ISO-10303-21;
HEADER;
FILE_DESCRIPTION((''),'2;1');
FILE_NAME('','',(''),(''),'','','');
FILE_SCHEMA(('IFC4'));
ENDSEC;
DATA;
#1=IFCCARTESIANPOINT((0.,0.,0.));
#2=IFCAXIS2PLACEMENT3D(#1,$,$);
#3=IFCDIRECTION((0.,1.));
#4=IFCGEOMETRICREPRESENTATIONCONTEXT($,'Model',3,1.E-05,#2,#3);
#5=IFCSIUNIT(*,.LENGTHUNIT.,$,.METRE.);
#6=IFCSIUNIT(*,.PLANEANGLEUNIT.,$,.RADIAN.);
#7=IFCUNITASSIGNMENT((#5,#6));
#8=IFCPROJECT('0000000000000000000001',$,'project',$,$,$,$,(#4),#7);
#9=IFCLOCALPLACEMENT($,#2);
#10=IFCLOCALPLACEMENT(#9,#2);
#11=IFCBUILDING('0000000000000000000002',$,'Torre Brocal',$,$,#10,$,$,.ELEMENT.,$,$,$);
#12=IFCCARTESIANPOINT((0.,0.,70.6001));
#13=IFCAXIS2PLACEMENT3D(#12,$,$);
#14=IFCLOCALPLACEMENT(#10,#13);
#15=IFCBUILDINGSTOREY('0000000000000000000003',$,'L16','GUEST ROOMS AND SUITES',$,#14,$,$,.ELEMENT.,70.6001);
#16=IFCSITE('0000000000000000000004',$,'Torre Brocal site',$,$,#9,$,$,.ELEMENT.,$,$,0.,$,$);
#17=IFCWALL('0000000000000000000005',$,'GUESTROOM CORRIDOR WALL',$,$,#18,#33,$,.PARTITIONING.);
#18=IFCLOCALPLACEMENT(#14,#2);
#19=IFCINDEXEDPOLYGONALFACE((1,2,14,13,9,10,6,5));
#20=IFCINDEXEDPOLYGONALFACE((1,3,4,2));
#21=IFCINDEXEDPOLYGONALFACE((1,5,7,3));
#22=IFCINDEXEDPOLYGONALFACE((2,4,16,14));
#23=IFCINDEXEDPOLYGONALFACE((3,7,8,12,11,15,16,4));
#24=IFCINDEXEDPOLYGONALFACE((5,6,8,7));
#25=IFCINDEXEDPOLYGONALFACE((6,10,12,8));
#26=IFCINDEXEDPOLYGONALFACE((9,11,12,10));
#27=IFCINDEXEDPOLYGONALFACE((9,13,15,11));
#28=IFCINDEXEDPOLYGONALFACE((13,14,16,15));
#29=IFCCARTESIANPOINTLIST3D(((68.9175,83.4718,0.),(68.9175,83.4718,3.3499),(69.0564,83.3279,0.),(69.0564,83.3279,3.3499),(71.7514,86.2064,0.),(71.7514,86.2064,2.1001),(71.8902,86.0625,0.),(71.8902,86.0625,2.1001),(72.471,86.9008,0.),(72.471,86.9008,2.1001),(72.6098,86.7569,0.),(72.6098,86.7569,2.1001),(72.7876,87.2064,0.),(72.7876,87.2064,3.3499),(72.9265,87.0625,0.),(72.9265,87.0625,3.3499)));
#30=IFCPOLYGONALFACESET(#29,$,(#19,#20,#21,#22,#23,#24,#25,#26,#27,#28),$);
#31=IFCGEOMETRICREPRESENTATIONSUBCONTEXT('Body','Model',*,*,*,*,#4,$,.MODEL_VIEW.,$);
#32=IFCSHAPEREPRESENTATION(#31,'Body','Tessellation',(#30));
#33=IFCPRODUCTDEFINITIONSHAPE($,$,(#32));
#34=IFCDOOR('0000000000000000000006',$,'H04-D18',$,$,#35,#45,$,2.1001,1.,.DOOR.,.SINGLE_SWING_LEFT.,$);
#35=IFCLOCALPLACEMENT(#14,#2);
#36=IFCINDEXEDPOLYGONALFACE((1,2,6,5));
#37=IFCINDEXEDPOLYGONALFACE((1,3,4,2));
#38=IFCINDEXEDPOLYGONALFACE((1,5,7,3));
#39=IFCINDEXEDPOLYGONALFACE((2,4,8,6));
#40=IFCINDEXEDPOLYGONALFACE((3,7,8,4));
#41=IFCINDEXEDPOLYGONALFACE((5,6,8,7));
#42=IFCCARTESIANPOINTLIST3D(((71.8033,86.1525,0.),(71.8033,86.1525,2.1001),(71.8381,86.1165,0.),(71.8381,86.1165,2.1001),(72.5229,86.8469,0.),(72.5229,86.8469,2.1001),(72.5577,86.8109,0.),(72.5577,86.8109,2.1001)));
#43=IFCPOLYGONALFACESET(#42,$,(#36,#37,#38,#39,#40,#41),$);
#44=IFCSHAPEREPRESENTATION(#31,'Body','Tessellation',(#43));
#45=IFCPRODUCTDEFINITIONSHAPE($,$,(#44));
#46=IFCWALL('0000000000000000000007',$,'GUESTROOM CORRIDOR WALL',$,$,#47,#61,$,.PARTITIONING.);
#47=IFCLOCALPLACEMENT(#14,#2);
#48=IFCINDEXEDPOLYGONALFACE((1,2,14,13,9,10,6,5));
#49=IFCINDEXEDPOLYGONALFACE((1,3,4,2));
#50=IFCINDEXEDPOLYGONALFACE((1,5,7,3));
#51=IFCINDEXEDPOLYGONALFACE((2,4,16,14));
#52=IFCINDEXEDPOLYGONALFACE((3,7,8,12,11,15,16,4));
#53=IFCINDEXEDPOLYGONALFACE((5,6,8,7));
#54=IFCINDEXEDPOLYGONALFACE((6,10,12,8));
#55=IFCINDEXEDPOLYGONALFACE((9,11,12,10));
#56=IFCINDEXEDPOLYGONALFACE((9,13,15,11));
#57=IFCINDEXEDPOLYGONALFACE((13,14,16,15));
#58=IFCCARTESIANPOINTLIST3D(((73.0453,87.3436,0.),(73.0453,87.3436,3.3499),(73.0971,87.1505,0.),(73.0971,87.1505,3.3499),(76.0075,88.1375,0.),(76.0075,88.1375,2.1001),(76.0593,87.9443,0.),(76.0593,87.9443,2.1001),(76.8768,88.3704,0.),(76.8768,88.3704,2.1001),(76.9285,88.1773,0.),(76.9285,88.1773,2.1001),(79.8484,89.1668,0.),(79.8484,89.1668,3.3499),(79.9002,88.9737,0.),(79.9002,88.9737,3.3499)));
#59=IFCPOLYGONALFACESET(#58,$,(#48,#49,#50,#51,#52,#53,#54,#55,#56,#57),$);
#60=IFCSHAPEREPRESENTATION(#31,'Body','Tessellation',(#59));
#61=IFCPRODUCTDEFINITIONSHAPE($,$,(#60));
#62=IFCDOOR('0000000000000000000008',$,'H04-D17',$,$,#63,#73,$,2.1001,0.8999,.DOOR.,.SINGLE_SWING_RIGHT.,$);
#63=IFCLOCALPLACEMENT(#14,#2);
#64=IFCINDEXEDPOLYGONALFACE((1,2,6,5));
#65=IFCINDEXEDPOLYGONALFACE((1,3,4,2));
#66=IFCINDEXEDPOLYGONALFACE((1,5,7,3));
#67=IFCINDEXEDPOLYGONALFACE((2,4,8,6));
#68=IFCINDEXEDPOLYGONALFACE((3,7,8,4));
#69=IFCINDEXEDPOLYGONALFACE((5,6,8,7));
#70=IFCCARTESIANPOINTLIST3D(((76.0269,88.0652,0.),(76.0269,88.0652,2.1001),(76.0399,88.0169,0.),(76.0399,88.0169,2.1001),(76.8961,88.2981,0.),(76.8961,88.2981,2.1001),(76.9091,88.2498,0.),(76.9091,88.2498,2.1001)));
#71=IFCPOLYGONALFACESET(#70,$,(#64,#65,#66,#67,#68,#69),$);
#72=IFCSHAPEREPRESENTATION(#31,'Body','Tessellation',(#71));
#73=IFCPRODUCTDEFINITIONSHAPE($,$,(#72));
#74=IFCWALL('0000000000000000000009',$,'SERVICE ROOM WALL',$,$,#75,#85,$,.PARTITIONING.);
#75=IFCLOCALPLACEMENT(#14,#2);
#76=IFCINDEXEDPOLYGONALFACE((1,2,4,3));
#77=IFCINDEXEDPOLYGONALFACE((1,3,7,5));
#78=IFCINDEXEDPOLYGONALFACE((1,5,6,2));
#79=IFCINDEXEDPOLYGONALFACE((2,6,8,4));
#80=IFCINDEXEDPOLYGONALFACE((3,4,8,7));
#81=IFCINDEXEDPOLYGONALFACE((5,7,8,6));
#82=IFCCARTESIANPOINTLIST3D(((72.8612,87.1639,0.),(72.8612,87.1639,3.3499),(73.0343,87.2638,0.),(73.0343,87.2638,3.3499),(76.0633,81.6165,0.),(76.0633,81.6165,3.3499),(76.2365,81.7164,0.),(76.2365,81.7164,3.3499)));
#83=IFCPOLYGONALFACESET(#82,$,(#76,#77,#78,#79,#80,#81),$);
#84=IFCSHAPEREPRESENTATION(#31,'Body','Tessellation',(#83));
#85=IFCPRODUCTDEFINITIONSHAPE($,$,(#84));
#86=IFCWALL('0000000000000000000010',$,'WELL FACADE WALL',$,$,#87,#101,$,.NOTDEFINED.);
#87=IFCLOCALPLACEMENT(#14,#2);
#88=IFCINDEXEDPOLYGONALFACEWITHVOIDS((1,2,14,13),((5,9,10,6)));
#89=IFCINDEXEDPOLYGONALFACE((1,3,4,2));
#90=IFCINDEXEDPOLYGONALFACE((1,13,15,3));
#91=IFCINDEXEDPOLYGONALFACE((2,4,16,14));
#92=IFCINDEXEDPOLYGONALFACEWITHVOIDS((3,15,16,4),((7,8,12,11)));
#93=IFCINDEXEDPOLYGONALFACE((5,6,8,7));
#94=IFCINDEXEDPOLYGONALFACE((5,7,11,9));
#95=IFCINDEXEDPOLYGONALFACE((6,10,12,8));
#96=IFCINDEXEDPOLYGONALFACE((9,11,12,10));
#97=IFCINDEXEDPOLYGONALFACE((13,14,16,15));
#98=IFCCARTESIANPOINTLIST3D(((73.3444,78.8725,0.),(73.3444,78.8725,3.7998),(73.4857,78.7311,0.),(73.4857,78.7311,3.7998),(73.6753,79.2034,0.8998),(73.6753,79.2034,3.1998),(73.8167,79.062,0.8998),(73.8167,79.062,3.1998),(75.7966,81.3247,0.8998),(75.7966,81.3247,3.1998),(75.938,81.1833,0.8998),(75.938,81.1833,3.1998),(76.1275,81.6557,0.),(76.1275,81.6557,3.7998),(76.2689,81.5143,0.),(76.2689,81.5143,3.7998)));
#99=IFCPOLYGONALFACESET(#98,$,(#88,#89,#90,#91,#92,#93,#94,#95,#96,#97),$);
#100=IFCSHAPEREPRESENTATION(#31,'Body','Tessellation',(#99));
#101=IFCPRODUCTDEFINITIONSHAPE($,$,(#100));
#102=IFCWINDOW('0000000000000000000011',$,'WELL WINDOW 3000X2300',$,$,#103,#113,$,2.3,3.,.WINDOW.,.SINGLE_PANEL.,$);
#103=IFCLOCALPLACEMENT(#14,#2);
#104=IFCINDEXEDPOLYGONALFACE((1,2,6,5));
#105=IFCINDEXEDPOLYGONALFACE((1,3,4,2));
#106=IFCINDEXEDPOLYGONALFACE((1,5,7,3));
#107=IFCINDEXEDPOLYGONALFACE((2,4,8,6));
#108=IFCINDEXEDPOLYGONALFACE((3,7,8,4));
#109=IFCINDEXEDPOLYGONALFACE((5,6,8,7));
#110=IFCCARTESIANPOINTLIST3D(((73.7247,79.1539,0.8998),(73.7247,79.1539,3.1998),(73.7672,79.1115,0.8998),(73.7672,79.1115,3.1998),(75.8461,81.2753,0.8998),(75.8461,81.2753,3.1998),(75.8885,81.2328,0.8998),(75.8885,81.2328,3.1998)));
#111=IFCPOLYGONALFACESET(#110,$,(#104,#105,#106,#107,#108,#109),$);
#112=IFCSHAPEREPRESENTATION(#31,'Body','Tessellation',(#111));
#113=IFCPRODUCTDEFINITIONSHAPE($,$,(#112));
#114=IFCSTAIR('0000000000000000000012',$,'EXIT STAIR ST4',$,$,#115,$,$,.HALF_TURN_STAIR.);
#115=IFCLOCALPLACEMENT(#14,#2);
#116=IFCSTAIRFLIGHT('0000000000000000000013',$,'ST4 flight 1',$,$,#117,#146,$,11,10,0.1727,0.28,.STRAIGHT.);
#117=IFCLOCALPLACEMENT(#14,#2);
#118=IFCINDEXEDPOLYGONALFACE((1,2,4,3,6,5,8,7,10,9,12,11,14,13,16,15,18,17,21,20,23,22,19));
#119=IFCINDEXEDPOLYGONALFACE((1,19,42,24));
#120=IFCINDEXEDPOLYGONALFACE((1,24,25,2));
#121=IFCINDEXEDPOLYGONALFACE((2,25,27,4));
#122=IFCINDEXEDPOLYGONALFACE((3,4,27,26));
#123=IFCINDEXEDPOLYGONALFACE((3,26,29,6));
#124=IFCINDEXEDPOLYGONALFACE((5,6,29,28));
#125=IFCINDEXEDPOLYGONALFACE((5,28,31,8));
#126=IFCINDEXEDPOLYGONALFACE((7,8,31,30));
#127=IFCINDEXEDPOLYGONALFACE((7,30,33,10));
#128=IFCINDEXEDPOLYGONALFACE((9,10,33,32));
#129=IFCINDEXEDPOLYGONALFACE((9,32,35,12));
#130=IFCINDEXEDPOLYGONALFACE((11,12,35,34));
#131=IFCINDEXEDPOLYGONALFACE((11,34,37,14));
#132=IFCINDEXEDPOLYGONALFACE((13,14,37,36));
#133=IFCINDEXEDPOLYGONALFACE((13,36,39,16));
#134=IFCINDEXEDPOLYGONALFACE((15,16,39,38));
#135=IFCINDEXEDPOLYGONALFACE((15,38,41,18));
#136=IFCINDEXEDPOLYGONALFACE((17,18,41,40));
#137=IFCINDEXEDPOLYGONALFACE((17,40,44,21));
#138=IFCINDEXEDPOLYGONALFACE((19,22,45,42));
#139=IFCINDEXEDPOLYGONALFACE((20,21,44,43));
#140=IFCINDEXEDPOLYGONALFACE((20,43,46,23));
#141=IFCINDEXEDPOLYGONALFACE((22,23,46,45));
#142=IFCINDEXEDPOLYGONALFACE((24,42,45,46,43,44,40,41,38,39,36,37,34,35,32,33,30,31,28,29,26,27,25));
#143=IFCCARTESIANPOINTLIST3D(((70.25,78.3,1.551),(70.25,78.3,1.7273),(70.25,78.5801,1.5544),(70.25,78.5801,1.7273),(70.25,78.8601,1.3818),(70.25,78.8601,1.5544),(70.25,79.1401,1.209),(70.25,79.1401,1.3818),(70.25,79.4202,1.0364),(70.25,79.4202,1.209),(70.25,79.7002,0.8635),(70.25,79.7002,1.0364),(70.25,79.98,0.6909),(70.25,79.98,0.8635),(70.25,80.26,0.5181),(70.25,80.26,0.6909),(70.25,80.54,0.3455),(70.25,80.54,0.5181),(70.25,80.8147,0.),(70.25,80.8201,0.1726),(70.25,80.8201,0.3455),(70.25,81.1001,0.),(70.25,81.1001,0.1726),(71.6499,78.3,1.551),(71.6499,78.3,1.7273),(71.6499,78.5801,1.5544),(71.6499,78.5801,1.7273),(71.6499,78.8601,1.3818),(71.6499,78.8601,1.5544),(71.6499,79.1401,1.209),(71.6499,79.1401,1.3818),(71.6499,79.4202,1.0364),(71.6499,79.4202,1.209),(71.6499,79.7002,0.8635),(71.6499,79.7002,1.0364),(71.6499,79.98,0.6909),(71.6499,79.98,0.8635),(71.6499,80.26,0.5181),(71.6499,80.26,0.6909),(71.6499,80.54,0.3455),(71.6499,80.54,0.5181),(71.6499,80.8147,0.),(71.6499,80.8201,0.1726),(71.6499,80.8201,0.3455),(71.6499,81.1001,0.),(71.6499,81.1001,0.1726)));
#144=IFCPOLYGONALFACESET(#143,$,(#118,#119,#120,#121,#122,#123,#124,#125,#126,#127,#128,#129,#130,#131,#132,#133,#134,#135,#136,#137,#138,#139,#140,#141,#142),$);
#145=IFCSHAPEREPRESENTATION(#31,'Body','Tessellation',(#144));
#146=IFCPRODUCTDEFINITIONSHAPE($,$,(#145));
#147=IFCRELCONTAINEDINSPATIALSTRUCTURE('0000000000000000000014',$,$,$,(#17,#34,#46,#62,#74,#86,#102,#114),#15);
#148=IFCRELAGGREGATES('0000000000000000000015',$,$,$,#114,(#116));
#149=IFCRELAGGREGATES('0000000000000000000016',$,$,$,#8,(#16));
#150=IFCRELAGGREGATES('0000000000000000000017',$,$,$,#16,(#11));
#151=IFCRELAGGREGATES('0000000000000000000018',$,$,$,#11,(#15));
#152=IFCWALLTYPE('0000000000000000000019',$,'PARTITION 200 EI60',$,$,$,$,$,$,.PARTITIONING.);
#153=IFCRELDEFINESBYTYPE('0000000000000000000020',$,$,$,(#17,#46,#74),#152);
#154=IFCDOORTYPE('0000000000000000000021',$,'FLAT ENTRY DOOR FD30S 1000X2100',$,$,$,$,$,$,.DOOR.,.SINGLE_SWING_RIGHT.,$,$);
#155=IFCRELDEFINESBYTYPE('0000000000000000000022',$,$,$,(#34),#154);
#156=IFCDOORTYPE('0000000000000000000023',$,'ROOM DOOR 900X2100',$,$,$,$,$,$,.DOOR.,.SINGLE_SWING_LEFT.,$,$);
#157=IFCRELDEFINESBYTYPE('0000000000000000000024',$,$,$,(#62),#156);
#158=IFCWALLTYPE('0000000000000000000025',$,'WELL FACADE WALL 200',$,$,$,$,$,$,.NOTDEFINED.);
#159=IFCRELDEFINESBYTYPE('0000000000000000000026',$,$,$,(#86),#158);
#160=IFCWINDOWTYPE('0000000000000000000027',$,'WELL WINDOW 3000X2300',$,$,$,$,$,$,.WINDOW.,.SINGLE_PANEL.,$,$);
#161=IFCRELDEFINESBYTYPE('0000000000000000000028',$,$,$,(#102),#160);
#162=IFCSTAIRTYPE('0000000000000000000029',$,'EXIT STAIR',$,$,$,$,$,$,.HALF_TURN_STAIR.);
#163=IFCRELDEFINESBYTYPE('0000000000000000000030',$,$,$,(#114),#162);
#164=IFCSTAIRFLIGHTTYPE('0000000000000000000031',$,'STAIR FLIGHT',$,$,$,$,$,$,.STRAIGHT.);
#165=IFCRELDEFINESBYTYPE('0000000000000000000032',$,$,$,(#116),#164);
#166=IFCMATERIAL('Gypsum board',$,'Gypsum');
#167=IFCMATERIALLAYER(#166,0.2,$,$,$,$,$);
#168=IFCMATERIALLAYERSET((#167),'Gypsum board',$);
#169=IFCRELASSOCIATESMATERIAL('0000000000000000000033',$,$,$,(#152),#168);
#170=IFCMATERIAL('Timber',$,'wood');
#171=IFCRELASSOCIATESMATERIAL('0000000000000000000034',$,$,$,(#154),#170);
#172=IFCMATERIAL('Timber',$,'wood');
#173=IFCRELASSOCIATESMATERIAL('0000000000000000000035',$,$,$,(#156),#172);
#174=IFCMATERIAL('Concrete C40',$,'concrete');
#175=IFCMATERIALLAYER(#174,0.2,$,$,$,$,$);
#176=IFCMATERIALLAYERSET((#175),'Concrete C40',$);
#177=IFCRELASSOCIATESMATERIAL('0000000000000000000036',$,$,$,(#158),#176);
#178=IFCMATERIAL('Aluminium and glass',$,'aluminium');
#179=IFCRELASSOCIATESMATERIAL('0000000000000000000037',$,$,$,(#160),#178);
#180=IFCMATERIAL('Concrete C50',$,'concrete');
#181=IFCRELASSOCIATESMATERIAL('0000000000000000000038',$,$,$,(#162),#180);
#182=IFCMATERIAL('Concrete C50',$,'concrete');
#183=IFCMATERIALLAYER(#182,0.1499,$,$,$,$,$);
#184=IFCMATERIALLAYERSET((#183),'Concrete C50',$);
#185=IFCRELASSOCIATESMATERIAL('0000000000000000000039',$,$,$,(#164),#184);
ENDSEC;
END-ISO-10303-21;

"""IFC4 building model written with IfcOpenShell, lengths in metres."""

from ifc_helpers import new_model, si_unit, direction, frame, frame_2d, origin, place, context, subcontext, project, spatial, polyline, rectangle, outline, extrude, material, layer, layer_set, type_object, element, fill, aggregate, save


model = new_model("IFC4")

# Units and contexts
model_context = context("Model", 3, precision=1e-05, world=origin(), true_north=direction((0.0, 1.0)))
body_context = subcontext(model_context, "Body", "Model", "MODEL_VIEW")
ifc_project = project(units=[si_unit("LENGTHUNIT", "METRE"), si_unit("PLANEANGLEUNIT", "RADIAN")], contexts=[model_context])

# Site, building, storey
site_placement = place(None, origin())
site = spatial("IfcSite", under=ifc_project, at=site_placement, Name="Torre Brocal site", CompositionType="ELEMENT", RefElevation=0.0)
building_placement = place(site_placement, origin())
building = spatial("IfcBuilding", under=site, at=building_placement, Name="Torre Brocal", CompositionType="ELEMENT")
storey_placement = place(building_placement, frame((0.0, 0.0, 70.6001)))
storey = spatial("IfcBuildingStorey", under=building, at=storey_placement, Name="L16", Description="GUEST ROOMS AND SUITES", CompositionType="ELEMENT", Elevation=70.6001)

# Walls, openings, doors
ifc_material_1 = material(Name="Gypsum board", Category="Gypsum")
ifc_layer_1 = layer(ifc_material_1, 0.2)
ifc_layer_set_1 = layer_set([ifc_layer_1], Name="Gypsum board")
wall_type_1 = type_object("IfcWallType", Name="PARTITION 200 EI60", PredefinedType="PARTITIONING", material=ifc_layer_set_1)
ifc_material_2 = material(Name="Timber", Category="wood")
door_type_1 = type_object("IfcDoorType", Name="FLAT ENTRY DOOR FD30S 1000X2100", OperationType="SINGLE_SWING_RIGHT", PredefinedType="DOOR", material=ifc_material_2)
wall_1_placement = place(storey_placement, frame((68.9871, 83.3999, 0.0), z_axis=(0.0, 0.0, 1.0), x_axis=(0.719592, 0.694398, 0.0)))
wall_1 = element("IfcWall", 1, at=wall_1_placement, inside=storey, type_object=wall_type_1, Name="GUESTROOM CORRIDOR WALL", PredefinedType="PARTITIONING", context=body_context, shape_type="SweptSolid", body=[
    extrude(rectangle(XDim=5.3782, YDim=0.2, at=frame_2d((2.689, 0.0))), origin(), (0.0, 0.0, 1.0), 3.3499),
])
opening_1_placement = place(wall_1_placement, frame((3.938, 0.0, 0.0)))
opening_1 = element("IfcOpeningElement", 2, at=opening_1_placement, cuts=wall_1, PredefinedType="OPENING", context=body_context, shape_type="SweptSolid", body=[
    extrude(rectangle(XDim=1.0, YDim=2.1001, at=frame_2d((0.5, 1.05))), frame((0.0, 0.1099, 0.0), z_axis=(0.0, -1.0, 0.0), x_axis=(1.0, 0.0, 0.0)), (0.0, 0.0, 1.0), 0.22),
])
door_1_placement = place(opening_1_placement, frame((1.0, 0.0, 0.0), z_axis=(0.0, 0.0, 1.0), x_axis=(-1.0, 0.0, 0.0)))
door_1 = element("IfcDoor", 3, at=door_1_placement, inside=storey, type_object=door_type_1, Name="H04-D18", OperationType="SINGLE_SWING_LEFT", OverallHeight=2.1001, OverallWidth=1.0, PredefinedType="DOOR", context=body_context, shape_type="SweptSolid", body=[
    extrude(rectangle(XDim=1.0, YDim=2.1001, at=frame_2d((0.5, 1.05))), frame((0.0, 0.0249, 0.0), z_axis=(0.0, -1.0, 0.0), x_axis=(1.0, 0.0, 0.0)), (0.0, 0.0, 1.0), 0.05),
])
fill(opening_1, door_1)
wall_2_placement = place(storey_placement, frame((73.0713, 87.2471, 0.0), z_axis=(0.0, 0.0, 1.0), x_axis=(0.965914, 0.258862, 0.0)))
wall_2 = element("IfcWall", 4, at=wall_2_placement, inside=storey, type_object=wall_type_1, Name="GUESTROOM CORRIDOR WALL", PredefinedType="PARTITIONING", context=body_context, shape_type="SweptSolid", body=[
    extrude(rectangle(XDim=7.0432, YDim=0.2, at=frame_2d((3.5215, 0.0))), origin(), (0.0, 0.0, 1.0), 3.3499),
])
opening_2_placement = place(wall_2_placement, frame((3.0667, 0.0, 0.0)))
opening_2 = element("IfcOpeningElement", 5, at=opening_2_placement, cuts=wall_2, PredefinedType="OPENING", context=body_context, shape_type="SweptSolid", body=[
    extrude(rectangle(XDim=0.8999, YDim=2.1001, at=frame_2d((0.45, 1.05))), frame((0.0, 0.1099, 0.0), z_axis=(0.0, -1.0, 0.0), x_axis=(1.0, 0.0, 0.0)), (0.0, 0.0, 1.0), 0.22),
])
ifc_material_3 = material(Name="Timber", Category="wood")
door_type_2 = type_object("IfcDoorType", Name="ROOM DOOR 900X2100", OperationType="SINGLE_SWING_LEFT", PredefinedType="DOOR", material=ifc_material_3)
door_2_placement = place(opening_2_placement, frame((0.8999, 0.0, 0.0), z_axis=(0.0, 0.0, 1.0), x_axis=(-1.0, 0.0, 0.0)))
door_2 = element("IfcDoor", 6, at=door_2_placement, inside=storey, type_object=door_type_2, Name="H04-D17", OperationType="SINGLE_SWING_RIGHT", OverallHeight=2.1001, OverallWidth=0.8999, PredefinedType="DOOR", context=body_context, shape_type="SweptSolid", body=[
    extrude(rectangle(XDim=0.8999, YDim=2.1001, at=frame_2d((0.45, 1.05))), frame((0.0, 0.0249, 0.0), z_axis=(0.0, -1.0, 0.0), x_axis=(1.0, 0.0, 0.0)), (0.0, 0.0, 1.0), 0.05),
])
fill(opening_2, door_2)

# Wall
wall_3_placement = place(storey_placement, frame((72.9478, 87.2139, 0.0), z_axis=(0.0, 0.0, 1.0), x_axis=(0.499927, -0.866068, 0.0)))
element("IfcWall", 7, at=wall_3_placement, inside=storey, type_object=wall_type_1, Name="SERVICE ROOM WALL", PredefinedType="PARTITIONING", context=body_context, shape_type="SweptSolid", body=[
    extrude(rectangle(XDim=6.4053, YDim=0.2, at=frame_2d((3.2026, 0.0))), origin(), (0.0, 0.0, 1.0), 3.3499),
])

# Wall, opening, window
ifc_material_4 = material(Name="Concrete C40", Category="concrete")
ifc_layer_2 = layer(ifc_material_4, 0.2)
ifc_layer_set_2 = layer_set([ifc_layer_2], Name="Concrete C40")
wall_type_2 = type_object("IfcWallType", Name="WELL FACADE WALL 200", PredefinedType="NOTDEFINED", material=ifc_layer_set_2)
wall_4_placement = place(storey_placement, frame((76.1982, 81.585, 0.0), z_axis=(0.0, 0.0, 1.0), x_axis=(-0.707107, -0.707107, 0.0)))
wall_4 = element("IfcWall", 8, at=wall_4_placement, inside=storey, type_object=wall_type_2, Name="WELL FACADE WALL", PredefinedType="NOTDEFINED", context=body_context, shape_type="SweptSolid", body=[
    extrude(rectangle(XDim=3.936, YDim=0.2, at=frame_2d((1.968, 0.0))), origin(), (0.0, 0.0, 1.0), 3.7998),
])
opening_3_placement = place(wall_4_placement, frame((0.468, 0.0, 0.8999)))
opening_3 = element("IfcOpeningElement", 9, at=opening_3_placement, cuts=wall_4, PredefinedType="OPENING", context=body_context, shape_type="SweptSolid", body=[
    extrude(rectangle(XDim=3.0, YDim=2.3, at=frame_2d((1.5, 1.1499))), frame((0.0, 0.1099, 0.0), z_axis=(0.0, -1.0, 0.0), x_axis=(1.0, 0.0, 0.0)), (0.0, 0.0, 1.0), 0.22),
])
ifc_material_5 = material(Name="Aluminium and glass", Category="aluminium")
window_type = type_object("IfcWindowType", Name="WELL WINDOW 3000X2300", PartitioningType="SINGLE_PANEL", PredefinedType="WINDOW", material=ifc_material_5)
window_placement = place(opening_3_placement, origin())
window = element("IfcWindow", 10, at=window_placement, inside=storey, type_object=window_type, Name="WELL WINDOW 3000X2300", OverallHeight=2.3, OverallWidth=3.0, PartitioningType="SINGLE_PANEL", PredefinedType="WINDOW", context=body_context, shape_type="SweptSolid", body=[
    extrude(rectangle(XDim=3.0, YDim=2.3, at=frame_2d((1.5, 1.1499))), frame((0.0, 0.03, 0.0), z_axis=(0.0, -1.0, 0.0), x_axis=(1.0, 0.0, 0.0)), (0.0, 0.0, 1.0), 0.0601),
])
fill(opening_3, window)

# Stair, stair flight
ifc_material_6 = material(Name="Concrete C50", Category="concrete")
stair_type = type_object("IfcStairType", Name="EXIT STAIR", PredefinedType="HALF_TURN_STAIR", material=ifc_material_6)
stair_placement = place(storey_placement, origin())
stair = element("IfcStair", 11, at=stair_placement, inside=storey, type_object=stair_type, Name="EXIT STAIR ST4", PredefinedType="HALF_TURN_STAIR")
ifc_material_7 = material(Name="Concrete C50", Category="concrete")
ifc_layer_3 = layer(ifc_material_7, 0.1499)
ifc_layer_set_3 = layer_set([ifc_layer_3], Name="Concrete C50")
stair_flight_type = type_object("IfcStairFlightType", Name="STAIR FLIGHT", PredefinedType="STRAIGHT", material=ifc_layer_set_3)
stair_flight_placement = place(storey_placement, frame((70.95, 81.1001, 0.0), z_axis=(0.0, 0.0, 1.0), x_axis=(0.0, -1.0, 0.0)))
stair_flight = element("IfcStairFlight", 12, at=stair_flight_placement, type_object=stair_flight_type, Name="ST4 flight 1", NumberOfRisers=11, NumberOfTreads=10, PredefinedType="STRAIGHT", RiserHeight=0.1727, TreadLength=0.28, context=body_context, shape_type="SweptSolid", body=[
    extrude(outline(polyline([(0.0, 0.0), (0.0, 0.1726), (0.28, 0.1726), (0.28, 0.3455), (0.5601, 0.3455), (0.5601, 0.5181), (0.8401, 0.5181), (0.8401, 0.6909), (1.1201, 0.6909), (1.1201, 0.8635), (1.3999, 0.8635), (1.3999, 1.0364), (1.6799, 1.0364), (1.6799, 1.209), (1.96, 1.209), (1.96, 1.3818), (2.24, 1.3818), (2.24, 1.5544), (2.52, 1.5544), (2.52, 1.7273), (2.8, 1.7273), (2.8, 1.8999), (2.8, 1.551), (0.2854, 0.0), (0.0, 0.0)])), frame((0.0, 0.7, 0.0), z_axis=(0.0, -1.0, 0.0), x_axis=(1.0, 0.0, 0.0)), (0.0, 0.0, 1.0), 1.3999),
])
aggregate(stair, [stair_flight])

save(model, "model.ifc")
